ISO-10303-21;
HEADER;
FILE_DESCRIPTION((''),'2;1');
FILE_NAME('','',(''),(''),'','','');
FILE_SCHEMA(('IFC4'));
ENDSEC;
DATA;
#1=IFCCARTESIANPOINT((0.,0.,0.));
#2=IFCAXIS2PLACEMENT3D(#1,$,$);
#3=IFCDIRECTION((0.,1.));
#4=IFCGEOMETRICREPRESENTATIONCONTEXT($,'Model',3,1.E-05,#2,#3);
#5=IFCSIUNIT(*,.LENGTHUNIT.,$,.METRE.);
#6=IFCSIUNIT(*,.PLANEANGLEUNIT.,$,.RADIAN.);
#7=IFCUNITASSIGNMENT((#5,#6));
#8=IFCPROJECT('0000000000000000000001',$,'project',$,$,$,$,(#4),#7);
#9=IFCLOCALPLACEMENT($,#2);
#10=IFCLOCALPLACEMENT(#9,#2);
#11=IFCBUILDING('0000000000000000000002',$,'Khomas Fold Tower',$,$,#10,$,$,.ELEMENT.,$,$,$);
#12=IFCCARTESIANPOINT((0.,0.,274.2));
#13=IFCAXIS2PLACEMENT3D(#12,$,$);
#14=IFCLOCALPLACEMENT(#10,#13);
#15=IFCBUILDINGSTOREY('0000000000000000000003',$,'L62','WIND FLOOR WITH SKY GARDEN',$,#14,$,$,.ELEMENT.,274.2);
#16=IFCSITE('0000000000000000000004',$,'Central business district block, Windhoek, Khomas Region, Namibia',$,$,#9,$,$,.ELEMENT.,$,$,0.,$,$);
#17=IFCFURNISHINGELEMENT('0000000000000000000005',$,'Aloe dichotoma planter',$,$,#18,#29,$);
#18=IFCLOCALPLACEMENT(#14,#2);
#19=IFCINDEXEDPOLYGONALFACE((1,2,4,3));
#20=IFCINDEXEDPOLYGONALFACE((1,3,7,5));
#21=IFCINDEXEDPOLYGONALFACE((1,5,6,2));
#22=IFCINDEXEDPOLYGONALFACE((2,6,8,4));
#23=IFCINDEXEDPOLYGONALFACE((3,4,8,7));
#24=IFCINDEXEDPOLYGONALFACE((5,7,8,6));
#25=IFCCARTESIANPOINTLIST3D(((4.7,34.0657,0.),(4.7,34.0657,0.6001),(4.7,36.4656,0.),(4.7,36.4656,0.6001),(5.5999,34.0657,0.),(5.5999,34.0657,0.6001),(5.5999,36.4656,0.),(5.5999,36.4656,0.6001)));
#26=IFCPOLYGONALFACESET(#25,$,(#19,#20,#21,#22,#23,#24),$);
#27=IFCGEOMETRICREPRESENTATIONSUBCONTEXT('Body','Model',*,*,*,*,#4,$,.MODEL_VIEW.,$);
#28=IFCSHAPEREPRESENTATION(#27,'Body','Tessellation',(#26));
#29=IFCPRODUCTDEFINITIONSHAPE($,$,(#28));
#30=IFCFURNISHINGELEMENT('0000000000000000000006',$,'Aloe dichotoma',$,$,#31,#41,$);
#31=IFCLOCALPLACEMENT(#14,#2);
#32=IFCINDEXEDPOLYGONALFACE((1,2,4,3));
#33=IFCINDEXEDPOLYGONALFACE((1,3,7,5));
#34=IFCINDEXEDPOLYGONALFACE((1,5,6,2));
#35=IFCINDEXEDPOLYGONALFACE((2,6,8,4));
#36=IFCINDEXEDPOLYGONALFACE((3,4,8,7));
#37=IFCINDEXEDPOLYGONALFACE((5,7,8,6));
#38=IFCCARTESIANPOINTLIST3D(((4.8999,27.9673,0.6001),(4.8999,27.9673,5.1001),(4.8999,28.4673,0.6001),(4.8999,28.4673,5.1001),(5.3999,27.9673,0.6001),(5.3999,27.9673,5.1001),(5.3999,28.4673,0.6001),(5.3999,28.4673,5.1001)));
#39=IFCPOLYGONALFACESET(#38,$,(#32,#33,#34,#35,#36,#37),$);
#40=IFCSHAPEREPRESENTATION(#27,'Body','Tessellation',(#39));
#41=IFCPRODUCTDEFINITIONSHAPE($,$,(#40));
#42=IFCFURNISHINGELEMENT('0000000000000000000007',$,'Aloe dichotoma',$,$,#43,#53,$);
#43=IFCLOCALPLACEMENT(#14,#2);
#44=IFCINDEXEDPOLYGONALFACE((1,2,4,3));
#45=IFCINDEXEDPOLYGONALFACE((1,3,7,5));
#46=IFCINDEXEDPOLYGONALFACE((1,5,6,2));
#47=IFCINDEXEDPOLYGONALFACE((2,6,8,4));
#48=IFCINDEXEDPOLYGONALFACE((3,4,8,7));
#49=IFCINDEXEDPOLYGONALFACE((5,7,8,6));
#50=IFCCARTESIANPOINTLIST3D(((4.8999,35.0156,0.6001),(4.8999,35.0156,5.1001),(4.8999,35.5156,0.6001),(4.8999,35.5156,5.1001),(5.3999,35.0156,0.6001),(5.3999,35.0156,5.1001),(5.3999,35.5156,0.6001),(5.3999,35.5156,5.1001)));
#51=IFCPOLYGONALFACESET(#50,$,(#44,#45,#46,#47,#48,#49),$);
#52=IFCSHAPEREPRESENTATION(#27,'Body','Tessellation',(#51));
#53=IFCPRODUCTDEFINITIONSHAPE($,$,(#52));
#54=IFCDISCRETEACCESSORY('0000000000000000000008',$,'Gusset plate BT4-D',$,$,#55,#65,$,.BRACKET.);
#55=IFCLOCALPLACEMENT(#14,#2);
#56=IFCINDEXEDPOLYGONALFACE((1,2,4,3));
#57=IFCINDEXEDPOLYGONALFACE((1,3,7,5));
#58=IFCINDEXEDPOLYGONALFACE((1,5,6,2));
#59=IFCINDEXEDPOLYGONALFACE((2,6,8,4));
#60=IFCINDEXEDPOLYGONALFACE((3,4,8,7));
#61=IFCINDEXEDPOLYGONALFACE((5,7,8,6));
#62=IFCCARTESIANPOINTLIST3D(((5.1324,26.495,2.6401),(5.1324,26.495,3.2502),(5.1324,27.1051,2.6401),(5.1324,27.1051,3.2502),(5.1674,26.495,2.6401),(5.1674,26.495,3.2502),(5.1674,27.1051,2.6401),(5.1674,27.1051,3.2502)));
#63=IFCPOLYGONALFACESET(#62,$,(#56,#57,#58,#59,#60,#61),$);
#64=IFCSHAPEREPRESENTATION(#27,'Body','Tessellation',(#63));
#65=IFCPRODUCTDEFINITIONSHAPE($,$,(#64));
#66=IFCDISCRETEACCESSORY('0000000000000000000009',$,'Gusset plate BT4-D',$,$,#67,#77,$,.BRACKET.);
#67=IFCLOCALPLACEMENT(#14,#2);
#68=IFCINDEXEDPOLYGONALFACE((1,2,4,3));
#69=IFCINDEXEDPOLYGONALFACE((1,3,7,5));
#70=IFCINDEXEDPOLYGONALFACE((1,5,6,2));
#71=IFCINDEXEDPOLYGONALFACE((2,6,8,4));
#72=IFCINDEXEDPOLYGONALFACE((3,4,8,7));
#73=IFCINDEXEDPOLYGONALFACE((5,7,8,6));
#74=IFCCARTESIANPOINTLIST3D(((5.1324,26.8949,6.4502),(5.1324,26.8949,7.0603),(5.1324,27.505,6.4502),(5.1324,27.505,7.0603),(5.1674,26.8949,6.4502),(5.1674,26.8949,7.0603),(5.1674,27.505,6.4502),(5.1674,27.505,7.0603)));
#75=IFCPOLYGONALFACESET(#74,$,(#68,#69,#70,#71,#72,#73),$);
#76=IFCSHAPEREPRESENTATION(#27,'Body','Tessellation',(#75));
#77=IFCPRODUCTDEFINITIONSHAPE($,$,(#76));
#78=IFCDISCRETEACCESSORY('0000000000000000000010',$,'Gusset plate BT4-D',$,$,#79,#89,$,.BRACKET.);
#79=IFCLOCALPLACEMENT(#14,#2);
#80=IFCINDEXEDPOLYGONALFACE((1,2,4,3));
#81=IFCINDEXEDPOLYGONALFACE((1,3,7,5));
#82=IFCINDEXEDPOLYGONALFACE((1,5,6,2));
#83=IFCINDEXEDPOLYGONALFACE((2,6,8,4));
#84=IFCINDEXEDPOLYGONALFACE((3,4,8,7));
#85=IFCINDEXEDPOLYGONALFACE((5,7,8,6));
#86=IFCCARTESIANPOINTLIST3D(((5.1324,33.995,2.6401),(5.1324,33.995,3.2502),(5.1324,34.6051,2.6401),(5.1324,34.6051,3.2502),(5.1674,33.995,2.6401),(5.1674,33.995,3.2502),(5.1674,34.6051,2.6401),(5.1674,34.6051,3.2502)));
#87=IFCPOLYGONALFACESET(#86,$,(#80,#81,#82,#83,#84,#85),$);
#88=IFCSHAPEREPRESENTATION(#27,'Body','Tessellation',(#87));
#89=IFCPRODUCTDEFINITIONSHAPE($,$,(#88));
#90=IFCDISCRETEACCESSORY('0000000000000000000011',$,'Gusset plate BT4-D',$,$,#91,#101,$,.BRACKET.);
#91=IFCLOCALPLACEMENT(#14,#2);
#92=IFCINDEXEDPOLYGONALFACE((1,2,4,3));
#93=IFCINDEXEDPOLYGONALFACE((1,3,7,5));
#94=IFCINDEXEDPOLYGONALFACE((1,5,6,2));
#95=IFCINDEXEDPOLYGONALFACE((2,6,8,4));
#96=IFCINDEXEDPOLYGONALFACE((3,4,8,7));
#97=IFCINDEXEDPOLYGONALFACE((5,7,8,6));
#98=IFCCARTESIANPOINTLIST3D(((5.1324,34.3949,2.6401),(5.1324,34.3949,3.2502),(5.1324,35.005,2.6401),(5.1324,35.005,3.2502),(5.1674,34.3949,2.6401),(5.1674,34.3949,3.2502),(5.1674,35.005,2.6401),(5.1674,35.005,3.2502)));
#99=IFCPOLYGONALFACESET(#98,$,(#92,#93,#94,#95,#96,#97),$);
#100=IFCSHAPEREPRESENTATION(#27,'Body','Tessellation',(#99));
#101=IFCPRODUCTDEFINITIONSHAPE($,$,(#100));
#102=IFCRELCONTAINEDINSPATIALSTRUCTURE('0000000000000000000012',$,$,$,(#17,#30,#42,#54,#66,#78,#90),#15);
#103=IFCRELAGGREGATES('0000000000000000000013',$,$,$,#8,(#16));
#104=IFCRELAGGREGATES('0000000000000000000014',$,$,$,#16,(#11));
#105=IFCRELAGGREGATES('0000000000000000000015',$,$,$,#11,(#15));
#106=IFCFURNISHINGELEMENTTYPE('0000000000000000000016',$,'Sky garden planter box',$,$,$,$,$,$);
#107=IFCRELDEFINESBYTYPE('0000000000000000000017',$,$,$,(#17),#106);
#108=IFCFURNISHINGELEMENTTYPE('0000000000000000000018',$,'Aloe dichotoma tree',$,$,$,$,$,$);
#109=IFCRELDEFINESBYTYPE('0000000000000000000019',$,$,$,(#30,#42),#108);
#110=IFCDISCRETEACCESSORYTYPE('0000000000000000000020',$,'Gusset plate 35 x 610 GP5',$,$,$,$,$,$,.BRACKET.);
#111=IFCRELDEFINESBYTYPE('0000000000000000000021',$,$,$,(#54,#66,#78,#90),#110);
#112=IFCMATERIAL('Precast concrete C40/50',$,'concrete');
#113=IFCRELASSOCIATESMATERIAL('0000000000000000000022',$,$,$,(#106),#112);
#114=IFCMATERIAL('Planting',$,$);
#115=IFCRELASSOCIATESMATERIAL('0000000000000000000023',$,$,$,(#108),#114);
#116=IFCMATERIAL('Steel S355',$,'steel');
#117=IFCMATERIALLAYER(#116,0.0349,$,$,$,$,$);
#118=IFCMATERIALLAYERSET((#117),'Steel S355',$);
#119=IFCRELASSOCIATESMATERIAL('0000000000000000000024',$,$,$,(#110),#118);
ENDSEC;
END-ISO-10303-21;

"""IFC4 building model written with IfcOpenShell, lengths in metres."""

from ifc_helpers import new_model, si_unit, direction, frame, origin, origin_2d, place, context, subcontext, project, spatial, rectangle, extrude, source, transform, mapped, material, layer, layer_set, type_object, element, save


model = new_model("IFC4")

# Units and contexts
model_context = context("Model", 3, precision=1e-05, world=origin(), true_north=direction((0.0, 1.0)))
body_context = subcontext(model_context, "Body", "Model", "MODEL_VIEW")
ifc_project = project(units=[si_unit("LENGTHUNIT", "METRE"), si_unit("PLANEANGLEUNIT", "RADIAN")], contexts=[model_context])

# Site, building, storey
site_placement = place(None, origin())
site = spatial("IfcSite", under=ifc_project, at=site_placement, Name="Central business district block, Windhoek, Khomas Region, Namibia", CompositionType="ELEMENT", RefElevation=0.0)
building_placement = place(site_placement, origin())
building = spatial("IfcBuilding", under=site, at=building_placement, Name="Khomas Fold Tower", CompositionType="ELEMENT")
storey_placement = place(building_placement, frame((0.0, 0.0, 274.2)))
storey = spatial("IfcBuildingStorey", under=building, at=storey_placement, Name="L62", Description="WIND FLOOR WITH SKY GARDEN", CompositionType="ELEMENT", Elevation=274.2)

# Furnishing elements
ifc_material_1 = material(Name="Precast concrete C40/50", Category="concrete")
furnishing_element_type_1 = type_object("IfcFurnishingElementType", Name="Sky garden planter box", material=ifc_material_1)
shared_shape_1 = source(origin(), body_context, "Body", "SweptSolid", [
    extrude(rectangle(XDim=2.3999, YDim=0.8999, at=origin_2d()), origin(), (0.0, 0.0, 1.0), 0.6001),
])
for number, where, z_axis, x_axis, name in (
    (1, (5.1499, 35.2656, 0.0), (0.0, 0.0, 1.0), (0.0, 1.0, 0.0), "Aloe dichotoma planter"),
):
    element("IfcFurnishingElement", number, at=place(storey_placement, frame(where, z_axis=z_axis, x_axis=x_axis)), inside=storey, type_object=furnishing_element_type_1, Name=name, context=body_context, shape_type="MappedRepresentation", body=[
        mapped(shared_shape_1, transform((0.0, 0.0, 0.0))),
    ])
ifc_material_2 = material(Name="Planting")
furnishing_element_type_2 = type_object("IfcFurnishingElementType", Name="Aloe dichotoma tree", material=ifc_material_2)
shared_shape_2 = source(origin(), body_context, "Body", "SweptSolid", [
    extrude(rectangle(XDim=0.5, YDim=0.5, at=origin_2d()), origin(), (0.0, 0.0, 1.0), 4.5),
])
for number, where, z_axis, x_axis, name in (
    (2, (5.1499, 28.2173, 0.6001), (0.0, 0.0, 1.0), (1.0, 0.0, 0.0), "Aloe dichotoma"),
    (3, (5.1499, 35.2656, 0.6001), (0.0, 0.0, 1.0), (1.0, 0.0, 0.0), "Aloe dichotoma"),
):
    element("IfcFurnishingElement", number, at=place(storey_placement, frame(where, z_axis=z_axis, x_axis=x_axis)), inside=storey, type_object=furnishing_element_type_2, Name=name, context=body_context, shape_type="MappedRepresentation", body=[
        mapped(shared_shape_2, transform((0.0, 0.0, 0.0))),
    ])

# Discrete accessories
ifc_material_3 = material(Name="Steel S355", Category="steel")
ifc_layer_1 = layer(ifc_material_3, 0.0349)
ifc_layer_set_1 = layer_set([ifc_layer_1], Name="Steel S355")
discrete_accessory_type = type_object("IfcDiscreteAccessoryType", Name="Gusset plate 35 x 610 GP5", PredefinedType="BRACKET", material=ifc_layer_set_1)
shared_shape_3 = source(origin(), body_context, "Body", "SweptSolid", [
    extrude(rectangle(XDim=0.6101, YDim=0.0349, at=origin_2d()), origin(), (0.0, 0.0, 1.0), 0.6101),
])
for number, where, z_axis, x_axis, name in (
    (4, (5.1499, 26.8, 2.6401), (0.0, 0.0, 1.0), (0.0, 1.0, 0.0), "Gusset plate BT4-D"),
    (5, (5.1499, 27.2, 6.4502), (0.0, 0.0, 1.0), (0.0, 1.0, 0.0), "Gusset plate BT4-D"),
    (6, (5.1499, 34.3, 2.6401), (0.0, 0.0, 1.0), (0.0, 1.0, 0.0), "Gusset plate BT4-D"),
    (7, (5.1499, 34.7, 2.6401), (0.0, 0.0, 1.0), (0.0, 1.0, 0.0), "Gusset plate BT4-D"),
):
    element("IfcDiscreteAccessory", number, at=place(storey_placement, frame(where, z_axis=z_axis, x_axis=x_axis)), inside=storey, type_object=discrete_accessory_type, Name=name, PredefinedType="BRACKET", context=body_context, shape_type="MappedRepresentation", body=[
        mapped(shared_shape_3, transform((0.0, 0.0, 0.0))),
    ])

save(model, "model.ifc")
